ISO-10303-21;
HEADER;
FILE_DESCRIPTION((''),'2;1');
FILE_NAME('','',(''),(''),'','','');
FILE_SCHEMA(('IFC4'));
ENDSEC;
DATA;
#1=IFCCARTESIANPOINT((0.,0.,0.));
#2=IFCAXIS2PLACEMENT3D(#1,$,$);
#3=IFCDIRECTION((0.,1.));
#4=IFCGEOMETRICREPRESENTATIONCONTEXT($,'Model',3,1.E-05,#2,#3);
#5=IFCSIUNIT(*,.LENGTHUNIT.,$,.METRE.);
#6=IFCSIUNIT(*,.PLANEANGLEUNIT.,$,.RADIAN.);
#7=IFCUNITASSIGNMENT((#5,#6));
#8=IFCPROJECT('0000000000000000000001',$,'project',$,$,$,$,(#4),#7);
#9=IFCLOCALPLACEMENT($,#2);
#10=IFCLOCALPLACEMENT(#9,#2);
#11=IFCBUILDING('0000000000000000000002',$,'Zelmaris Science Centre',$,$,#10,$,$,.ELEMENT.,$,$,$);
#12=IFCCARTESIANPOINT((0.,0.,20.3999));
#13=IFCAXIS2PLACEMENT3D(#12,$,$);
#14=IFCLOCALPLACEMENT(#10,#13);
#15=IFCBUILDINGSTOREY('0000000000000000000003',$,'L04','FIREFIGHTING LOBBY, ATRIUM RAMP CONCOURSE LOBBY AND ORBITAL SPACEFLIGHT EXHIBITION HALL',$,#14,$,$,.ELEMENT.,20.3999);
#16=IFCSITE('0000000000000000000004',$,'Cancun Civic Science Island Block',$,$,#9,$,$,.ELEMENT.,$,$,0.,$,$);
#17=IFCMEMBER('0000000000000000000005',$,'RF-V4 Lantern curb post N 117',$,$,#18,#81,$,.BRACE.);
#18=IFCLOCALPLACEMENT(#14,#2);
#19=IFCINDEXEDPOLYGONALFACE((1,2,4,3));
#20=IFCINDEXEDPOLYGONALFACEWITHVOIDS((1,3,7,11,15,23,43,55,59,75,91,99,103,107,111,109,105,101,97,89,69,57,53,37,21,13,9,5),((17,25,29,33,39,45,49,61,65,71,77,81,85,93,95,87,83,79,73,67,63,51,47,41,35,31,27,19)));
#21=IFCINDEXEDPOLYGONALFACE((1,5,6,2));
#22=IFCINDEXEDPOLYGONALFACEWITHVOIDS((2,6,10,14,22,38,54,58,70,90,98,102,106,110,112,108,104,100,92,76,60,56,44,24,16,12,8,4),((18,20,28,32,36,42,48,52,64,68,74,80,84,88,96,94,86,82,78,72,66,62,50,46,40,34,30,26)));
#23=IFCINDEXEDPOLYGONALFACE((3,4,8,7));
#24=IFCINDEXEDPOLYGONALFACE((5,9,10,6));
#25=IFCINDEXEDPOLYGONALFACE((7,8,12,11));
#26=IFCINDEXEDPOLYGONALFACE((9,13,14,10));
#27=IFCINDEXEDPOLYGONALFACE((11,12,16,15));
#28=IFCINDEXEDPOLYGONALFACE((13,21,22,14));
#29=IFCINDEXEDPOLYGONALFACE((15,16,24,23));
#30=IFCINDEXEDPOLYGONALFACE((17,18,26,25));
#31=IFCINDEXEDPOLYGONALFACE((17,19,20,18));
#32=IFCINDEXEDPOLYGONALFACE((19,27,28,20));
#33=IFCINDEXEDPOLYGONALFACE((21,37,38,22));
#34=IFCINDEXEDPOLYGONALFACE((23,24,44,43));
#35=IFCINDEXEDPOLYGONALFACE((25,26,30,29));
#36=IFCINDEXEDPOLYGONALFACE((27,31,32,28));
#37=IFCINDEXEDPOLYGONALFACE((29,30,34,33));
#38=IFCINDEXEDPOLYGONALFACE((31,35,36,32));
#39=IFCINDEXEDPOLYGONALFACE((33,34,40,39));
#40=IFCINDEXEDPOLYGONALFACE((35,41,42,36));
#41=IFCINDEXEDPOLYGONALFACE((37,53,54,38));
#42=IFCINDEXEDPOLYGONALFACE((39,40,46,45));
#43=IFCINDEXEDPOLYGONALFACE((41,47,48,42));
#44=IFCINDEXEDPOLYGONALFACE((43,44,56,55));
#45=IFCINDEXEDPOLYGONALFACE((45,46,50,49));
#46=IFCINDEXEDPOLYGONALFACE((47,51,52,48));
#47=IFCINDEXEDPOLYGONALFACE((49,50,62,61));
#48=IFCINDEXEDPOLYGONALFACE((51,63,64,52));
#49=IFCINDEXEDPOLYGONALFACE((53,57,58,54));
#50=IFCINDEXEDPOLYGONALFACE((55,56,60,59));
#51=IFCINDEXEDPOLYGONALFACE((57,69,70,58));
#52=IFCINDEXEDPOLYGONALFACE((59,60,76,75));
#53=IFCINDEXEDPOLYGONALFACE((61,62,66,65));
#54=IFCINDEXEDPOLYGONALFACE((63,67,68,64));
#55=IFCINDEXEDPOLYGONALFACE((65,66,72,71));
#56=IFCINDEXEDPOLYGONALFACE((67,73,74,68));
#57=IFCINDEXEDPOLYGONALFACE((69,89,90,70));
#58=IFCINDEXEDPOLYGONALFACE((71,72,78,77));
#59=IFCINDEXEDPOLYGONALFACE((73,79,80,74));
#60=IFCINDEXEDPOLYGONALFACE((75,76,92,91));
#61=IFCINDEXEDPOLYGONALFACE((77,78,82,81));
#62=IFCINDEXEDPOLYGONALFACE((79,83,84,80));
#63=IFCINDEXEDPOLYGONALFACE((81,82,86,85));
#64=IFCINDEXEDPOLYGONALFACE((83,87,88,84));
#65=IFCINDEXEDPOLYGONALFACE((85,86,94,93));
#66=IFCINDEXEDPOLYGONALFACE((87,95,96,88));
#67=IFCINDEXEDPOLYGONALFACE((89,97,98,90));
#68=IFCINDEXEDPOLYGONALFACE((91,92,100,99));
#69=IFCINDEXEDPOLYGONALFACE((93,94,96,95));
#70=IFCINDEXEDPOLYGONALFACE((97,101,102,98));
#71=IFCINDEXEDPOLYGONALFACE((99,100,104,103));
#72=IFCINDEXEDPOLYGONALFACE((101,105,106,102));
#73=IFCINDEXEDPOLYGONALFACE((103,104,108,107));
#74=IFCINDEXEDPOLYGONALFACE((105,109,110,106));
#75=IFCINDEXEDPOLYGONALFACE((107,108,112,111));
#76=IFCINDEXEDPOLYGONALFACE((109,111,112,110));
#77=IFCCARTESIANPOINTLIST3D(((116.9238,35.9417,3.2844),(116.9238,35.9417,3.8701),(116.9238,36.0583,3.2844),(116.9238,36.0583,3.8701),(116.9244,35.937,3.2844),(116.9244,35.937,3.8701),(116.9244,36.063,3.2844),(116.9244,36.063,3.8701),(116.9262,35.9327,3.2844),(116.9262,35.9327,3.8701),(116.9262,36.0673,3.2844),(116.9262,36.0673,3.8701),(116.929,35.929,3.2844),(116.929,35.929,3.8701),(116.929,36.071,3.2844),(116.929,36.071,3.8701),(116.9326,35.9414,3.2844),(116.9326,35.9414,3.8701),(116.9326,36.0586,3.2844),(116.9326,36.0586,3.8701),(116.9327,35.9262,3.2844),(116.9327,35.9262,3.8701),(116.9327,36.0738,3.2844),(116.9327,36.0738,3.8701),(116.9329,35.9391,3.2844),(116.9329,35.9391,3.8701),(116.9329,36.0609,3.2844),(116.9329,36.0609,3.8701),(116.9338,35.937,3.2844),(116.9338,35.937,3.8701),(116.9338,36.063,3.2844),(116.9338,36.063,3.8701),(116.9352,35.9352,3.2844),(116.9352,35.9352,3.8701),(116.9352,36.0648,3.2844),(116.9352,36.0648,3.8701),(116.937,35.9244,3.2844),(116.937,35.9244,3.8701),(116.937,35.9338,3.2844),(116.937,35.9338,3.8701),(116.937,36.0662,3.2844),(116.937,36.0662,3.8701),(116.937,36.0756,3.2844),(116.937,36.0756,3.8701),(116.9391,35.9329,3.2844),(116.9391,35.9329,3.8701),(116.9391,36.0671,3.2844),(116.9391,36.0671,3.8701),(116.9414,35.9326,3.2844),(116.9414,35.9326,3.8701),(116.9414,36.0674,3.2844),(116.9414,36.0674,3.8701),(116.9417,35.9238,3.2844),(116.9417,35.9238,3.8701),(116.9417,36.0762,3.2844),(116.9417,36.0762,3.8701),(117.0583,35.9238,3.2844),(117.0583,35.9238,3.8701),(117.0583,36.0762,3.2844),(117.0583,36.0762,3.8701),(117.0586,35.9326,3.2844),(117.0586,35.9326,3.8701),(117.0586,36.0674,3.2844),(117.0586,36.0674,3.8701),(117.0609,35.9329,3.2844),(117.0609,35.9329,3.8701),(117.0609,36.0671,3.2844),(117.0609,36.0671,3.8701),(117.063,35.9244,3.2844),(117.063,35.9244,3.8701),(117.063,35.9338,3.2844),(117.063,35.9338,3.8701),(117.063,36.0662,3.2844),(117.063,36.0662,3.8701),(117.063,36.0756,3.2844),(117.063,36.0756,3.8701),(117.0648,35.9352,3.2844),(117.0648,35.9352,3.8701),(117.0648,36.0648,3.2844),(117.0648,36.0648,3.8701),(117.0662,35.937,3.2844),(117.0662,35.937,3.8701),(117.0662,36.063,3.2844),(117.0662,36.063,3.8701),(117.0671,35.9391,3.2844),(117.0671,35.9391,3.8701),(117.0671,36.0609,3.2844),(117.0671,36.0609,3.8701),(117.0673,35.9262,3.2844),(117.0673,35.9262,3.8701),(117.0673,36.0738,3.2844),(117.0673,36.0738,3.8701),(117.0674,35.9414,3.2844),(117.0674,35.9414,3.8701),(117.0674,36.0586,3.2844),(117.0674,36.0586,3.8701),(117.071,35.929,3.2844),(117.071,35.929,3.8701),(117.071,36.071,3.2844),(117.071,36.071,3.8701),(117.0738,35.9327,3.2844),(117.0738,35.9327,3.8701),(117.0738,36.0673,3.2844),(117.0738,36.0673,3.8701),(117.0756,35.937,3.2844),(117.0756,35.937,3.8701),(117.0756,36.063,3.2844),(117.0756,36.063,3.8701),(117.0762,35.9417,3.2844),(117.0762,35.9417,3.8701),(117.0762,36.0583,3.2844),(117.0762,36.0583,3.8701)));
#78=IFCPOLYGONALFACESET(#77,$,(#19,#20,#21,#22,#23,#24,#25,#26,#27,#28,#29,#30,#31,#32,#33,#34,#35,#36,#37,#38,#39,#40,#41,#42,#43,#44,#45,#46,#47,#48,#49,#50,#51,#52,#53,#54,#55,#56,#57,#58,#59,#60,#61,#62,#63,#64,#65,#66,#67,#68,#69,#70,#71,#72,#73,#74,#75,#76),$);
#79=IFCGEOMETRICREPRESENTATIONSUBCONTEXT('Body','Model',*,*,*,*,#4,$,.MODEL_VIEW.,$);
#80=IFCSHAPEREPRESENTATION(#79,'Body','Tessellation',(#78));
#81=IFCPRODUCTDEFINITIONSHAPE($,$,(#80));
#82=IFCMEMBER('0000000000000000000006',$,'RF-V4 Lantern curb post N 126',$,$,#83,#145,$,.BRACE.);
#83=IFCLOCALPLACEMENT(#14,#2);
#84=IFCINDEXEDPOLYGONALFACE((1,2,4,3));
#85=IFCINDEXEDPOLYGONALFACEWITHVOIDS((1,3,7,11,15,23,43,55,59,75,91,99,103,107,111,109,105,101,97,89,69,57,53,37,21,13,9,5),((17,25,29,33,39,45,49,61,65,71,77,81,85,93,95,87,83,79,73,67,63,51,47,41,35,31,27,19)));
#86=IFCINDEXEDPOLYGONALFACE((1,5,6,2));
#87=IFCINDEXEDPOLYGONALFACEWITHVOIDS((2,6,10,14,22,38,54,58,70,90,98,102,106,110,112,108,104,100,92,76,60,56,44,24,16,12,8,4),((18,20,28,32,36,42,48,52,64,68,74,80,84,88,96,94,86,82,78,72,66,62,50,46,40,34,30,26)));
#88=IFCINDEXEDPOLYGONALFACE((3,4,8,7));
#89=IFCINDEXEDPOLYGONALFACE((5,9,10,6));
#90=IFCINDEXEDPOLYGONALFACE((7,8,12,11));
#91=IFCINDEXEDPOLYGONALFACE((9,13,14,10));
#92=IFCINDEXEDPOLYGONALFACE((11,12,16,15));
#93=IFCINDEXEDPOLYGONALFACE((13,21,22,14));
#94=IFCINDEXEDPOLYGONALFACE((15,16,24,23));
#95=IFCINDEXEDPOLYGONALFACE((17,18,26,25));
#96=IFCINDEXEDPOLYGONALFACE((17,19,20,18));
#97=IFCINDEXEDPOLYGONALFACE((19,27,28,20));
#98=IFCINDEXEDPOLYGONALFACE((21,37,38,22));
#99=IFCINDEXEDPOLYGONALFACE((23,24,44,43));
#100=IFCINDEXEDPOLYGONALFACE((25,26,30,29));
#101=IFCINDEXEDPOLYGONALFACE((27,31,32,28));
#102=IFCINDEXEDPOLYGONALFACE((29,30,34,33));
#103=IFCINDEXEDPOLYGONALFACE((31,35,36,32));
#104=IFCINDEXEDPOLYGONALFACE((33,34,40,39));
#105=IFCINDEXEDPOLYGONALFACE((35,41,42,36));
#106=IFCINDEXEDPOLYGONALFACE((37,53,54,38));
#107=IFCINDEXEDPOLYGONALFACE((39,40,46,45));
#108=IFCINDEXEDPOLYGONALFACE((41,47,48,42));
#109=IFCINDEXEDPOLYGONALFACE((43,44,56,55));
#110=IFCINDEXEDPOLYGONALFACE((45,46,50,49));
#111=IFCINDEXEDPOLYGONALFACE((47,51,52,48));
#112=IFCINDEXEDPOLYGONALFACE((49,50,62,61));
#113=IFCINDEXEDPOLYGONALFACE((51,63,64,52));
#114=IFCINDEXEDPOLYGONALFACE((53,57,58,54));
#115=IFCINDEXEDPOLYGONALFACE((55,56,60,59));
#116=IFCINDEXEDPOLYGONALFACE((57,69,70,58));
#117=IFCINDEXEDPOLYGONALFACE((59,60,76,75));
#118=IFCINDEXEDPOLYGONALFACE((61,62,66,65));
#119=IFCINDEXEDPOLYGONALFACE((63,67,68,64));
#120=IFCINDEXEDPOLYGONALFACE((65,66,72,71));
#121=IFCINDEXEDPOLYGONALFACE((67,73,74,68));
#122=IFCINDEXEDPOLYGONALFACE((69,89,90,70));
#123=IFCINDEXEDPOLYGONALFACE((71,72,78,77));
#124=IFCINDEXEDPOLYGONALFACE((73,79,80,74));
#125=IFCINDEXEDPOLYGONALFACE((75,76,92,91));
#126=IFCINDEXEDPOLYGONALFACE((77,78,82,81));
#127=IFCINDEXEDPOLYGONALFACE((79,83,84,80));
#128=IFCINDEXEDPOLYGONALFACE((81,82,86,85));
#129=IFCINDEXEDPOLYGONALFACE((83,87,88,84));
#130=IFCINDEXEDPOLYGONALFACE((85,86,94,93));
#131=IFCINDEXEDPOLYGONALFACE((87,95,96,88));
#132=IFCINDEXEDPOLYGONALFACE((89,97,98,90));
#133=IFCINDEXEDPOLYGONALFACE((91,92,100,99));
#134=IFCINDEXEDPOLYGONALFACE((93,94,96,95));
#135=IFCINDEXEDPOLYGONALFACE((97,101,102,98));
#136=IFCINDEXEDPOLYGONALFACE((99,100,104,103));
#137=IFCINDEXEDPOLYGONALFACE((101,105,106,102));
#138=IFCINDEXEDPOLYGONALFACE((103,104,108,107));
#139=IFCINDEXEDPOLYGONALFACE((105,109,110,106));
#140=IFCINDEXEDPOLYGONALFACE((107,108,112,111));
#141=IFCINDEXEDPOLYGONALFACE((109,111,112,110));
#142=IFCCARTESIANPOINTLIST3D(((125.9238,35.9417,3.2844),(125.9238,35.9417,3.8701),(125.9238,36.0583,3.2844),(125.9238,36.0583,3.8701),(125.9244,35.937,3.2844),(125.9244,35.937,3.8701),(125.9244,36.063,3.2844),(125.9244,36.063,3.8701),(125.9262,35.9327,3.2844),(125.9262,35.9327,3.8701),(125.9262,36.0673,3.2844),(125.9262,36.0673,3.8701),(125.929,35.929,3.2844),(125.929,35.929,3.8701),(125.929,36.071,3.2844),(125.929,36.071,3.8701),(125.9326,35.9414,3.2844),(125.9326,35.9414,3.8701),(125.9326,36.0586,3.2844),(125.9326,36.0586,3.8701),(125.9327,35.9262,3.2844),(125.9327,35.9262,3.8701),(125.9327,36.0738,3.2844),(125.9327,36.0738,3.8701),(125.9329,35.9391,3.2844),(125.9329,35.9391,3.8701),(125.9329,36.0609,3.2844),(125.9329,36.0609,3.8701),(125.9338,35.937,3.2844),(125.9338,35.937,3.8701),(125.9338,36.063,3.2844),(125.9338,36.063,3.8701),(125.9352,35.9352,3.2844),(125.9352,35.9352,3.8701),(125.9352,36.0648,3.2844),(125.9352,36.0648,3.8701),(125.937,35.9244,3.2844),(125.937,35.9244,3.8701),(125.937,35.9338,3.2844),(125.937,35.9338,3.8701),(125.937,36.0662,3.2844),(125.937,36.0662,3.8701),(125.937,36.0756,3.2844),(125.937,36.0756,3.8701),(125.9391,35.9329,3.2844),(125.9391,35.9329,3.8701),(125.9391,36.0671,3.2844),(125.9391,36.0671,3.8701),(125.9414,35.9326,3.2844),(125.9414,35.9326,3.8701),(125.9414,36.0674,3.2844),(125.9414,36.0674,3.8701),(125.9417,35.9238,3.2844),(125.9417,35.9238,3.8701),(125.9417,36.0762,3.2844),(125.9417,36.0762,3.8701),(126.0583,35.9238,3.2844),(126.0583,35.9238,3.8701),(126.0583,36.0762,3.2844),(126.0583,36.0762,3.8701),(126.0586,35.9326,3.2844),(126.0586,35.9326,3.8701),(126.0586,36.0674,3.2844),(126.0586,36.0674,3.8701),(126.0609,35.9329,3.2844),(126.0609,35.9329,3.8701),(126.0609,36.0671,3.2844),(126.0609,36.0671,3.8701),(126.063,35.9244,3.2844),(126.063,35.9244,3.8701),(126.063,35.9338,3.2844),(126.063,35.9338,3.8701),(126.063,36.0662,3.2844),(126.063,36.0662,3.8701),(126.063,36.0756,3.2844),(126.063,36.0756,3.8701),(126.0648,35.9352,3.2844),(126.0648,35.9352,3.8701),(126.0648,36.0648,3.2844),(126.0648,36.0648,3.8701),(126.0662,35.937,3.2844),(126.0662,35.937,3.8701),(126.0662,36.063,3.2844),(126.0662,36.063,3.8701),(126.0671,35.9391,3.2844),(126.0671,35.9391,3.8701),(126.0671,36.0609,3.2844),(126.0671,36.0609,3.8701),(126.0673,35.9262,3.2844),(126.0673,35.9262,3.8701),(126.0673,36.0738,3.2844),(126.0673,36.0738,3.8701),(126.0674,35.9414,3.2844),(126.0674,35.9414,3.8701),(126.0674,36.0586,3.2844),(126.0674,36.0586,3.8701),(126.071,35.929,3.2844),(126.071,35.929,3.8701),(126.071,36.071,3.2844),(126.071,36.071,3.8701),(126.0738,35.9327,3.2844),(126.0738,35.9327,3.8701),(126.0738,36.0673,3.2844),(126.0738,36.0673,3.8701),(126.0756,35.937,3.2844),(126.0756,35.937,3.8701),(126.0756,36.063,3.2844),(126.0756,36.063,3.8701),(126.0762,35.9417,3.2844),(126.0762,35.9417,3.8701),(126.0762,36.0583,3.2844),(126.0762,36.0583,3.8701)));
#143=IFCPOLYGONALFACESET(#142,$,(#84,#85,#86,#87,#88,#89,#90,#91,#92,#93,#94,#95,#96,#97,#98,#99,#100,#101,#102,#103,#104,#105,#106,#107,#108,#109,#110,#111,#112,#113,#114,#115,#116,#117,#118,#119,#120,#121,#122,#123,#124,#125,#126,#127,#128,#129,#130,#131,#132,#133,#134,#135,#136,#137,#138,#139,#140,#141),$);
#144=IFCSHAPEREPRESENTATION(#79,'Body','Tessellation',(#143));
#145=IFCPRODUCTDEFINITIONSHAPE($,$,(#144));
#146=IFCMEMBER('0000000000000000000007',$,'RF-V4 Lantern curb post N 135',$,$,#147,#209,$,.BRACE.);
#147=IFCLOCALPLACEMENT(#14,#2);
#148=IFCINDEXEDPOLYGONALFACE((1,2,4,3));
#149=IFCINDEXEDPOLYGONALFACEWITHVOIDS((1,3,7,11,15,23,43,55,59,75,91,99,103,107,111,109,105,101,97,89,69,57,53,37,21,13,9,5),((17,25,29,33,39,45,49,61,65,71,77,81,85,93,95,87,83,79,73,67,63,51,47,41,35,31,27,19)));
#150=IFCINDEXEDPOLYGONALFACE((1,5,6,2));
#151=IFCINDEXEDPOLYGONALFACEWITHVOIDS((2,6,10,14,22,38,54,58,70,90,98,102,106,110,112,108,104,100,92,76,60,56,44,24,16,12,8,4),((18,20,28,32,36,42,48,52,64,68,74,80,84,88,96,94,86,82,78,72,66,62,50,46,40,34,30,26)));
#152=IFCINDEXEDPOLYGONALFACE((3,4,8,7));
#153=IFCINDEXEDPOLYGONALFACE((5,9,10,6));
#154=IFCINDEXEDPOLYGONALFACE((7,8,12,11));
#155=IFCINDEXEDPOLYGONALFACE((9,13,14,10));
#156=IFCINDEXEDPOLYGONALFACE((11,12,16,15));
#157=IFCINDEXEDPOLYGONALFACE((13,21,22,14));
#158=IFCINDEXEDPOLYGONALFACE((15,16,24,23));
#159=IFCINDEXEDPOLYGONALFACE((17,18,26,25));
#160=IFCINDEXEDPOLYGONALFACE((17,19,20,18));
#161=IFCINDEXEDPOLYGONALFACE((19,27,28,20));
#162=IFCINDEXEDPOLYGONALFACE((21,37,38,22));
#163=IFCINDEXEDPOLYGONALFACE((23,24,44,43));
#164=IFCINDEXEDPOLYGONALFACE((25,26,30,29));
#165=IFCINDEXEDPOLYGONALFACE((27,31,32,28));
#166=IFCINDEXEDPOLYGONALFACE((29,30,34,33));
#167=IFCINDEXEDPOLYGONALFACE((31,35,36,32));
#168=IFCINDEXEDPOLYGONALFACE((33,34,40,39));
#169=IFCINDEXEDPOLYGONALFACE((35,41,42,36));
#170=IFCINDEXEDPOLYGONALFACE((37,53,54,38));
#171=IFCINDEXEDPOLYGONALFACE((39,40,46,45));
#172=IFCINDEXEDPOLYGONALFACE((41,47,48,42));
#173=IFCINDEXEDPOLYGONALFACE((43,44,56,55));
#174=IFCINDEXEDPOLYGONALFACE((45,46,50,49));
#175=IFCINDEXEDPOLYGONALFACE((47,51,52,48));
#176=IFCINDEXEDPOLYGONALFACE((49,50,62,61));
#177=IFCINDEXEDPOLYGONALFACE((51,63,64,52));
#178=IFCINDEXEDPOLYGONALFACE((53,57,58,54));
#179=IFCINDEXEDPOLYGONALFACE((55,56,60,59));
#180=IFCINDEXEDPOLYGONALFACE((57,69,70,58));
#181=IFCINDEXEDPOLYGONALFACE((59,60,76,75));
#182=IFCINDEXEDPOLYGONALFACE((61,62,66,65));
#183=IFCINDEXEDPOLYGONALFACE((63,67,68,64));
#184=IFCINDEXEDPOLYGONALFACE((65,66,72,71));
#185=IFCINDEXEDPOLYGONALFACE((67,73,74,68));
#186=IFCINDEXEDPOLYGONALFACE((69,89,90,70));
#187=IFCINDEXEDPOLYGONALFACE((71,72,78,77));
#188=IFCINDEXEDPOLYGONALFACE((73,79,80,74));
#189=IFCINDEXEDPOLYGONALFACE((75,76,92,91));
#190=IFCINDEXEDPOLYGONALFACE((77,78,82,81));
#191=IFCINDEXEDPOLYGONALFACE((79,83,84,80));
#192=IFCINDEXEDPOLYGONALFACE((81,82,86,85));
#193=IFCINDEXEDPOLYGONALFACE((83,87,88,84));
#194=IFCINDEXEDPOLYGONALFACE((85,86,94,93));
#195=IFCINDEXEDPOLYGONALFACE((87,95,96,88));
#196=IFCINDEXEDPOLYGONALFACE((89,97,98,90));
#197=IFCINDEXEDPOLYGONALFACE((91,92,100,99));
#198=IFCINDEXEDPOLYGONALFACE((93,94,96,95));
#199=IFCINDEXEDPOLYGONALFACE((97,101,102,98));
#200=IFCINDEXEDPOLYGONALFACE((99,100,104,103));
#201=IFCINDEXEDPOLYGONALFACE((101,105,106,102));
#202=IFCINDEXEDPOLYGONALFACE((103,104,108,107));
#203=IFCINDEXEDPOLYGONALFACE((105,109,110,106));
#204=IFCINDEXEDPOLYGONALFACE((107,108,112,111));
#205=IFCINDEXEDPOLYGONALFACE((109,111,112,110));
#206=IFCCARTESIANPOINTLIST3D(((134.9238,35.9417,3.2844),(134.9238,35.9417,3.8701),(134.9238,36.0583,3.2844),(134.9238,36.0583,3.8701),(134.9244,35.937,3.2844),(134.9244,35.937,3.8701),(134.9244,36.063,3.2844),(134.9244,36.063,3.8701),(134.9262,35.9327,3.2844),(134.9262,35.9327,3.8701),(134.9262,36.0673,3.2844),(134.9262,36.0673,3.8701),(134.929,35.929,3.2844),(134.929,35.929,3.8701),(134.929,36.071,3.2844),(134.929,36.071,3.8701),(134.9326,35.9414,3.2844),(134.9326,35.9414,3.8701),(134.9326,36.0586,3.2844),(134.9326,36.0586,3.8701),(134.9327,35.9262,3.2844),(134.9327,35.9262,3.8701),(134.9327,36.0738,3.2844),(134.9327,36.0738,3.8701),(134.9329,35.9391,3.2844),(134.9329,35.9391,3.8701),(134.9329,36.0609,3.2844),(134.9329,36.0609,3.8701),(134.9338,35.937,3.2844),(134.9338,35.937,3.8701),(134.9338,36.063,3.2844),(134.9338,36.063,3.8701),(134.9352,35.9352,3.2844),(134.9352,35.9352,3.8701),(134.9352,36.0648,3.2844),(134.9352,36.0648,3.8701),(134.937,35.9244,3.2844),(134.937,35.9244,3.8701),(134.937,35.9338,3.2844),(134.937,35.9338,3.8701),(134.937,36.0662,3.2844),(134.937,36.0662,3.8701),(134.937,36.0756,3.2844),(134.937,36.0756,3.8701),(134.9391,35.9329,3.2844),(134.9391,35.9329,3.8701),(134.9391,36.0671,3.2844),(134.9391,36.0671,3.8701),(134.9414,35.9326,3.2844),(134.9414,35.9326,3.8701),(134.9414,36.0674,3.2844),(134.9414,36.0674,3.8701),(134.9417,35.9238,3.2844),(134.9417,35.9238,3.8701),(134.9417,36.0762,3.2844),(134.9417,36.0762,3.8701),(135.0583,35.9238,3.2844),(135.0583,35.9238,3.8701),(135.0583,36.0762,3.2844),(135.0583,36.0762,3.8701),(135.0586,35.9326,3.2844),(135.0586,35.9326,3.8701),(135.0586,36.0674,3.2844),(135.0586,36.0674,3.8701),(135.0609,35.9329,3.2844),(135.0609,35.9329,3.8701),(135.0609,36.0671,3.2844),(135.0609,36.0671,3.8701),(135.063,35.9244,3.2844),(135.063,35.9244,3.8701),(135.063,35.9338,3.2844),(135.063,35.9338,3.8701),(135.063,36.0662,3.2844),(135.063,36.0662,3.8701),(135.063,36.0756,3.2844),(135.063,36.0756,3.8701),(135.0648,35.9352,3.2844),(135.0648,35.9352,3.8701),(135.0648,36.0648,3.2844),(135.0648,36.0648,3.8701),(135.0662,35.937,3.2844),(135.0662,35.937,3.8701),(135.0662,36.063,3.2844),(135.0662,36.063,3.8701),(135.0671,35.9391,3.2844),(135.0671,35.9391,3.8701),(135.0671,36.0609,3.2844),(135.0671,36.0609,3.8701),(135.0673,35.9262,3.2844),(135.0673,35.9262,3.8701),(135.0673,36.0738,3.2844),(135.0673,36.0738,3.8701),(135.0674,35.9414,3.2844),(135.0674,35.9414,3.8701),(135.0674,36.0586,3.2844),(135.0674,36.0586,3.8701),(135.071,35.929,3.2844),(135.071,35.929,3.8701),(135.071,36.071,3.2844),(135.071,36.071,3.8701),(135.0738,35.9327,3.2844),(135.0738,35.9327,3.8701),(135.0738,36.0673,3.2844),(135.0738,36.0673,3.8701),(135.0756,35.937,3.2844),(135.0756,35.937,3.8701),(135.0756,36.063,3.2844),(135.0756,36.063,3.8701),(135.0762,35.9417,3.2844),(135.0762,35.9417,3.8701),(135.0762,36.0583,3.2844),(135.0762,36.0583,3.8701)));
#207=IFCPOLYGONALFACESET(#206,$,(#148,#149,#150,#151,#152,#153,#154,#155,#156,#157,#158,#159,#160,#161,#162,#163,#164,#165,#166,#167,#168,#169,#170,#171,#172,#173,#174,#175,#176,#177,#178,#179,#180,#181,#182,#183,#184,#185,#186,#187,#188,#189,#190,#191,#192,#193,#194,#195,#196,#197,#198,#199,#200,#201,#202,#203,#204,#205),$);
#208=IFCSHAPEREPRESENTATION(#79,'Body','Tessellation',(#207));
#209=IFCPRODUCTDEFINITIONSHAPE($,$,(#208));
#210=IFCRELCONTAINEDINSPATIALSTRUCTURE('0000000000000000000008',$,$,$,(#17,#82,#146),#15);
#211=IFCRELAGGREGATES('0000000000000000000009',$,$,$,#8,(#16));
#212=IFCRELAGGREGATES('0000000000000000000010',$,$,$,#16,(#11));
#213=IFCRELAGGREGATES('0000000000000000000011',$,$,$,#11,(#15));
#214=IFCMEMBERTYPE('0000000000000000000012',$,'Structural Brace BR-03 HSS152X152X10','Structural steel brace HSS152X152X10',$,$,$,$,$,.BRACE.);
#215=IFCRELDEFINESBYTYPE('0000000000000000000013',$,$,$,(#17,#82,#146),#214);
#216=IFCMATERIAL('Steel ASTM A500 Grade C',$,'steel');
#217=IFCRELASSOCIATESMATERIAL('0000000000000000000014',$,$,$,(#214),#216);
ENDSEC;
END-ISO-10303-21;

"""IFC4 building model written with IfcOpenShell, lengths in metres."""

from ifc_helpers import new_model, si_unit, direction, frame, origin, origin_2d, place, context, subcontext, project, spatial, hollow_rectangle, extrude, material, material_profile, profile_set, type_object, element, save


model = new_model("IFC4")

# Units and contexts
model_context = context("Model", 3, precision=1e-05, world=origin(), true_north=direction((0.0, 1.0)))
body_context = subcontext(model_context, "Body", "Model", "MODEL_VIEW")
ifc_project = project(units=[si_unit("LENGTHUNIT", "METRE"), si_unit("PLANEANGLEUNIT", "RADIAN")], contexts=[model_context])

# Site, building, storey
site_placement = place(None, origin())
site = spatial("IfcSite", under=ifc_project, at=site_placement, Name="Cancun Civic Science Island Block", CompositionType="ELEMENT", RefElevation=0.0)
building_placement = place(site_placement, origin())
building = spatial("IfcBuilding", under=site, at=building_placement, Name="Zelmaris Science Centre", CompositionType="ELEMENT")
storey_placement = place(building_placement, frame((0.0, 0.0, 20.3999)))
storey = spatial("IfcBuildingStorey", under=building, at=storey_placement, Name="L04", Description="FIREFIGHTING LOBBY, ATRIUM RAMP CONCOURSE LOBBY AND ORBITAL SPACEFLIGHT EXHIBITION HALL", CompositionType="ELEMENT", Elevation=20.3999)

# Members
ifc_material = material(Name="Steel ASTM A500 Grade C", Category="steel")
ifc_material_profile_1 = material_profile(ifc_material, hollow_rectangle(XDim=0.1523, YDim=0.1523, WallThickness=0.0088, InnerFilletRadius=0.0088, OuterFilletRadius=0.0178, at=origin_2d()), Name="HSS152X152X10")
ifc_profile_set_1 = profile_set([ifc_material_profile_1], Name="Steel ASTM A500 Grade C")
member_type_1 = type_object("IfcMemberType", Name="Structural Brace BR-03 HSS152X152X10", Description="Structural steel brace HSS152X152X10", PredefinedType="BRACE", material=ifc_profile_set_1)
for number, where, z_axis, x_axis, name in (
    (1, (117.0, 36.0, 3.2844), (0.0, 0.0, 1.0), (1.0, 0.0, 0.0), "RF-V4 Lantern curb post N 117"),
    (2, (126.0, 36.0, 3.2844), (0.0, 0.0, 1.0), (1.0, 0.0, 0.0), "RF-V4 Lantern curb post N 126"),
    (3, (135.0, 36.0, 3.2844), (0.0, 0.0, 1.0), (1.0, 0.0, 0.0), "RF-V4 Lantern curb post N 135"),
):
    element("IfcMember", number, at=place(storey_placement, frame(where, z_axis=z_axis, x_axis=x_axis)), inside=storey, type_object=member_type_1, Name=name, PredefinedType="BRACE", context=body_context, shape_type="SweptSolid", body=[
        extrude(hollow_rectangle(XDim=0.1523, YDim=0.1523, WallThickness=0.0088, InnerFilletRadius=0.0088, OuterFilletRadius=0.0178, at=origin_2d()), origin(), (0.0, 0.0, 1.0), 0.5857),
    ])

save(model, "model.ifc")
